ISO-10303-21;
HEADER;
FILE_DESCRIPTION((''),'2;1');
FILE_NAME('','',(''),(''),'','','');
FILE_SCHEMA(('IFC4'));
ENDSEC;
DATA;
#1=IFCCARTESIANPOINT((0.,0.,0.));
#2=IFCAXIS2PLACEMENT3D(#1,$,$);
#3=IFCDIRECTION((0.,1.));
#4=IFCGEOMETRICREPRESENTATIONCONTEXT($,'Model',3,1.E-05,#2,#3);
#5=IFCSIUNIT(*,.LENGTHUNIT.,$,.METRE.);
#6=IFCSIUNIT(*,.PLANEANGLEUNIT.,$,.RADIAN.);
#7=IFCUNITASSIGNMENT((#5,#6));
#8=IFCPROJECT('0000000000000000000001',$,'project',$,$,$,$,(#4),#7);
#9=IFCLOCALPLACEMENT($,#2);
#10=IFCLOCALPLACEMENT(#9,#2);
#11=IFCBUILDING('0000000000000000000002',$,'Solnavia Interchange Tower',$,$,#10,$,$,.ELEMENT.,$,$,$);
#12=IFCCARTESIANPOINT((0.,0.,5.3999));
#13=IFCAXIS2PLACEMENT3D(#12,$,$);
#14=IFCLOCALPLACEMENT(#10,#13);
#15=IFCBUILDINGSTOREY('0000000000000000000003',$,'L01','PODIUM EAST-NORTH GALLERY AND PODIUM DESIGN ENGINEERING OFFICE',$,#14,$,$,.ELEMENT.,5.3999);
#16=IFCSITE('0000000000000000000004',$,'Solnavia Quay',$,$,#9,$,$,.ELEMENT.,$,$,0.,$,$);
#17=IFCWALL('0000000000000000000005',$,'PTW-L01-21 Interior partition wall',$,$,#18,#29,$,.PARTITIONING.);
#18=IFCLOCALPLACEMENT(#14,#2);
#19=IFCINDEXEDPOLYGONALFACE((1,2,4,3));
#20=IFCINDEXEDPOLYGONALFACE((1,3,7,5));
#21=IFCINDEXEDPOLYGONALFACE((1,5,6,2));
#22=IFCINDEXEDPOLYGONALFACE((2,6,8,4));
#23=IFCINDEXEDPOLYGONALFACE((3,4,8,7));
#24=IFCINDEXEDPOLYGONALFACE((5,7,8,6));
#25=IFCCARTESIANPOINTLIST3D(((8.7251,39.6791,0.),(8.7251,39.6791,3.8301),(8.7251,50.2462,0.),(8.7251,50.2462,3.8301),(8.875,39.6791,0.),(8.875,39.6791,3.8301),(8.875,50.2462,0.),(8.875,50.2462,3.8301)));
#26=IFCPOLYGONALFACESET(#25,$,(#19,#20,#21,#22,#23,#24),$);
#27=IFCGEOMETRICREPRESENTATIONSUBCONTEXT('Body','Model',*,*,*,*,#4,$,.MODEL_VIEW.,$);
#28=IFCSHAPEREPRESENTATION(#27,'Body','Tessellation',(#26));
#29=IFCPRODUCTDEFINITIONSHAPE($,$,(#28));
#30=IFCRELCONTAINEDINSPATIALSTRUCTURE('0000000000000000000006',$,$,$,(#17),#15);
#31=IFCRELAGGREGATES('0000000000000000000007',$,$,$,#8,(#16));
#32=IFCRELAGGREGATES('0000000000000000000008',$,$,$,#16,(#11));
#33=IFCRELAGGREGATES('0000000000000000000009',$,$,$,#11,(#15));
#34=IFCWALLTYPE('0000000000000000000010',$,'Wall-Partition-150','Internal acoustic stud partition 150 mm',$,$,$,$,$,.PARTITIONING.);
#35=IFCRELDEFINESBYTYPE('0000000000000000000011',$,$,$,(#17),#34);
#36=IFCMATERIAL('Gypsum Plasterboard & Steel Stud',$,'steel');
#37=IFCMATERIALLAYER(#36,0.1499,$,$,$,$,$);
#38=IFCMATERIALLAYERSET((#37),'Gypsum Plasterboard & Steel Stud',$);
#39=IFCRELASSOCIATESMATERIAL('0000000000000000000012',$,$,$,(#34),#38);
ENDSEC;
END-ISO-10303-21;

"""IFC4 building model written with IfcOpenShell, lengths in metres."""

from ifc_helpers import new_model, si_unit, direction, frame, frame_2d, origin, place, context, subcontext, project, spatial, rectangle, extrude, material, layer, layer_set, type_object, element, save


model = new_model("IFC4")

# Units and contexts
model_context = context("Model", 3, precision=1e-05, world=origin(), true_north=direction((0.0, 1.0)))
body_context = subcontext(model_context, "Body", "Model", "MODEL_VIEW")
ifc_project = project(units=[si_unit("LENGTHUNIT", "METRE"), si_unit("PLANEANGLEUNIT", "RADIAN")], contexts=[model_context])

# Site, building, storey
site_placement = place(None, origin())
site = spatial("IfcSite", under=ifc_project, at=site_placement, Name="Solnavia Quay", CompositionType="ELEMENT", RefElevation=0.0)
building_placement = place(site_placement, origin())
building = spatial("IfcBuilding", under=site, at=building_placement, Name="Solnavia Interchange Tower", CompositionType="ELEMENT")
storey_placement = place(building_placement, frame((0.0, 0.0, 5.3999)))
storey = spatial("IfcBuildingStorey", under=building, at=storey_placement, Name="L01", Description="PODIUM EAST-NORTH GALLERY AND PODIUM DESIGN ENGINEERING OFFICE", CompositionType="ELEMENT", Elevation=5.3999)

# Shared definitions
ifc_material_1 = material(Name="Gypsum Plasterboard & Steel Stud", Category="steel")
ifc_layer_1 = layer(ifc_material_1, 0.1499)
ifc_layer_set_1 = layer_set([ifc_layer_1], Name="Gypsum Plasterboard & Steel Stud")
wall_type_1 = type_object("IfcWallType", Name="Wall-Partition-150", Description="Internal acoustic stud partition 150 mm", PredefinedType="PARTITIONING", material=ifc_layer_set_1)

# Wall
wall_1_placement = place(storey_placement, frame((8.8, 39.679, 0.0), z_axis=(0.0, 0.0, 1.0), x_axis=(0.0, 1.0, 0.0)))
element("IfcWall", 1, at=wall_1_placement, inside=storey, type_object=wall_type_1, Name="PTW-L01-21 Interior partition wall", PredefinedType="PARTITIONING", context=body_context, shape_type="SweptSolid", body=[
    extrude(rectangle(XDim=10.5671, YDim=0.1499, at=frame_2d((5.2837, 0.0))), origin(), (0.0, 0.0, 1.0), 3.8301),
])

save(model, "model.ifc")
